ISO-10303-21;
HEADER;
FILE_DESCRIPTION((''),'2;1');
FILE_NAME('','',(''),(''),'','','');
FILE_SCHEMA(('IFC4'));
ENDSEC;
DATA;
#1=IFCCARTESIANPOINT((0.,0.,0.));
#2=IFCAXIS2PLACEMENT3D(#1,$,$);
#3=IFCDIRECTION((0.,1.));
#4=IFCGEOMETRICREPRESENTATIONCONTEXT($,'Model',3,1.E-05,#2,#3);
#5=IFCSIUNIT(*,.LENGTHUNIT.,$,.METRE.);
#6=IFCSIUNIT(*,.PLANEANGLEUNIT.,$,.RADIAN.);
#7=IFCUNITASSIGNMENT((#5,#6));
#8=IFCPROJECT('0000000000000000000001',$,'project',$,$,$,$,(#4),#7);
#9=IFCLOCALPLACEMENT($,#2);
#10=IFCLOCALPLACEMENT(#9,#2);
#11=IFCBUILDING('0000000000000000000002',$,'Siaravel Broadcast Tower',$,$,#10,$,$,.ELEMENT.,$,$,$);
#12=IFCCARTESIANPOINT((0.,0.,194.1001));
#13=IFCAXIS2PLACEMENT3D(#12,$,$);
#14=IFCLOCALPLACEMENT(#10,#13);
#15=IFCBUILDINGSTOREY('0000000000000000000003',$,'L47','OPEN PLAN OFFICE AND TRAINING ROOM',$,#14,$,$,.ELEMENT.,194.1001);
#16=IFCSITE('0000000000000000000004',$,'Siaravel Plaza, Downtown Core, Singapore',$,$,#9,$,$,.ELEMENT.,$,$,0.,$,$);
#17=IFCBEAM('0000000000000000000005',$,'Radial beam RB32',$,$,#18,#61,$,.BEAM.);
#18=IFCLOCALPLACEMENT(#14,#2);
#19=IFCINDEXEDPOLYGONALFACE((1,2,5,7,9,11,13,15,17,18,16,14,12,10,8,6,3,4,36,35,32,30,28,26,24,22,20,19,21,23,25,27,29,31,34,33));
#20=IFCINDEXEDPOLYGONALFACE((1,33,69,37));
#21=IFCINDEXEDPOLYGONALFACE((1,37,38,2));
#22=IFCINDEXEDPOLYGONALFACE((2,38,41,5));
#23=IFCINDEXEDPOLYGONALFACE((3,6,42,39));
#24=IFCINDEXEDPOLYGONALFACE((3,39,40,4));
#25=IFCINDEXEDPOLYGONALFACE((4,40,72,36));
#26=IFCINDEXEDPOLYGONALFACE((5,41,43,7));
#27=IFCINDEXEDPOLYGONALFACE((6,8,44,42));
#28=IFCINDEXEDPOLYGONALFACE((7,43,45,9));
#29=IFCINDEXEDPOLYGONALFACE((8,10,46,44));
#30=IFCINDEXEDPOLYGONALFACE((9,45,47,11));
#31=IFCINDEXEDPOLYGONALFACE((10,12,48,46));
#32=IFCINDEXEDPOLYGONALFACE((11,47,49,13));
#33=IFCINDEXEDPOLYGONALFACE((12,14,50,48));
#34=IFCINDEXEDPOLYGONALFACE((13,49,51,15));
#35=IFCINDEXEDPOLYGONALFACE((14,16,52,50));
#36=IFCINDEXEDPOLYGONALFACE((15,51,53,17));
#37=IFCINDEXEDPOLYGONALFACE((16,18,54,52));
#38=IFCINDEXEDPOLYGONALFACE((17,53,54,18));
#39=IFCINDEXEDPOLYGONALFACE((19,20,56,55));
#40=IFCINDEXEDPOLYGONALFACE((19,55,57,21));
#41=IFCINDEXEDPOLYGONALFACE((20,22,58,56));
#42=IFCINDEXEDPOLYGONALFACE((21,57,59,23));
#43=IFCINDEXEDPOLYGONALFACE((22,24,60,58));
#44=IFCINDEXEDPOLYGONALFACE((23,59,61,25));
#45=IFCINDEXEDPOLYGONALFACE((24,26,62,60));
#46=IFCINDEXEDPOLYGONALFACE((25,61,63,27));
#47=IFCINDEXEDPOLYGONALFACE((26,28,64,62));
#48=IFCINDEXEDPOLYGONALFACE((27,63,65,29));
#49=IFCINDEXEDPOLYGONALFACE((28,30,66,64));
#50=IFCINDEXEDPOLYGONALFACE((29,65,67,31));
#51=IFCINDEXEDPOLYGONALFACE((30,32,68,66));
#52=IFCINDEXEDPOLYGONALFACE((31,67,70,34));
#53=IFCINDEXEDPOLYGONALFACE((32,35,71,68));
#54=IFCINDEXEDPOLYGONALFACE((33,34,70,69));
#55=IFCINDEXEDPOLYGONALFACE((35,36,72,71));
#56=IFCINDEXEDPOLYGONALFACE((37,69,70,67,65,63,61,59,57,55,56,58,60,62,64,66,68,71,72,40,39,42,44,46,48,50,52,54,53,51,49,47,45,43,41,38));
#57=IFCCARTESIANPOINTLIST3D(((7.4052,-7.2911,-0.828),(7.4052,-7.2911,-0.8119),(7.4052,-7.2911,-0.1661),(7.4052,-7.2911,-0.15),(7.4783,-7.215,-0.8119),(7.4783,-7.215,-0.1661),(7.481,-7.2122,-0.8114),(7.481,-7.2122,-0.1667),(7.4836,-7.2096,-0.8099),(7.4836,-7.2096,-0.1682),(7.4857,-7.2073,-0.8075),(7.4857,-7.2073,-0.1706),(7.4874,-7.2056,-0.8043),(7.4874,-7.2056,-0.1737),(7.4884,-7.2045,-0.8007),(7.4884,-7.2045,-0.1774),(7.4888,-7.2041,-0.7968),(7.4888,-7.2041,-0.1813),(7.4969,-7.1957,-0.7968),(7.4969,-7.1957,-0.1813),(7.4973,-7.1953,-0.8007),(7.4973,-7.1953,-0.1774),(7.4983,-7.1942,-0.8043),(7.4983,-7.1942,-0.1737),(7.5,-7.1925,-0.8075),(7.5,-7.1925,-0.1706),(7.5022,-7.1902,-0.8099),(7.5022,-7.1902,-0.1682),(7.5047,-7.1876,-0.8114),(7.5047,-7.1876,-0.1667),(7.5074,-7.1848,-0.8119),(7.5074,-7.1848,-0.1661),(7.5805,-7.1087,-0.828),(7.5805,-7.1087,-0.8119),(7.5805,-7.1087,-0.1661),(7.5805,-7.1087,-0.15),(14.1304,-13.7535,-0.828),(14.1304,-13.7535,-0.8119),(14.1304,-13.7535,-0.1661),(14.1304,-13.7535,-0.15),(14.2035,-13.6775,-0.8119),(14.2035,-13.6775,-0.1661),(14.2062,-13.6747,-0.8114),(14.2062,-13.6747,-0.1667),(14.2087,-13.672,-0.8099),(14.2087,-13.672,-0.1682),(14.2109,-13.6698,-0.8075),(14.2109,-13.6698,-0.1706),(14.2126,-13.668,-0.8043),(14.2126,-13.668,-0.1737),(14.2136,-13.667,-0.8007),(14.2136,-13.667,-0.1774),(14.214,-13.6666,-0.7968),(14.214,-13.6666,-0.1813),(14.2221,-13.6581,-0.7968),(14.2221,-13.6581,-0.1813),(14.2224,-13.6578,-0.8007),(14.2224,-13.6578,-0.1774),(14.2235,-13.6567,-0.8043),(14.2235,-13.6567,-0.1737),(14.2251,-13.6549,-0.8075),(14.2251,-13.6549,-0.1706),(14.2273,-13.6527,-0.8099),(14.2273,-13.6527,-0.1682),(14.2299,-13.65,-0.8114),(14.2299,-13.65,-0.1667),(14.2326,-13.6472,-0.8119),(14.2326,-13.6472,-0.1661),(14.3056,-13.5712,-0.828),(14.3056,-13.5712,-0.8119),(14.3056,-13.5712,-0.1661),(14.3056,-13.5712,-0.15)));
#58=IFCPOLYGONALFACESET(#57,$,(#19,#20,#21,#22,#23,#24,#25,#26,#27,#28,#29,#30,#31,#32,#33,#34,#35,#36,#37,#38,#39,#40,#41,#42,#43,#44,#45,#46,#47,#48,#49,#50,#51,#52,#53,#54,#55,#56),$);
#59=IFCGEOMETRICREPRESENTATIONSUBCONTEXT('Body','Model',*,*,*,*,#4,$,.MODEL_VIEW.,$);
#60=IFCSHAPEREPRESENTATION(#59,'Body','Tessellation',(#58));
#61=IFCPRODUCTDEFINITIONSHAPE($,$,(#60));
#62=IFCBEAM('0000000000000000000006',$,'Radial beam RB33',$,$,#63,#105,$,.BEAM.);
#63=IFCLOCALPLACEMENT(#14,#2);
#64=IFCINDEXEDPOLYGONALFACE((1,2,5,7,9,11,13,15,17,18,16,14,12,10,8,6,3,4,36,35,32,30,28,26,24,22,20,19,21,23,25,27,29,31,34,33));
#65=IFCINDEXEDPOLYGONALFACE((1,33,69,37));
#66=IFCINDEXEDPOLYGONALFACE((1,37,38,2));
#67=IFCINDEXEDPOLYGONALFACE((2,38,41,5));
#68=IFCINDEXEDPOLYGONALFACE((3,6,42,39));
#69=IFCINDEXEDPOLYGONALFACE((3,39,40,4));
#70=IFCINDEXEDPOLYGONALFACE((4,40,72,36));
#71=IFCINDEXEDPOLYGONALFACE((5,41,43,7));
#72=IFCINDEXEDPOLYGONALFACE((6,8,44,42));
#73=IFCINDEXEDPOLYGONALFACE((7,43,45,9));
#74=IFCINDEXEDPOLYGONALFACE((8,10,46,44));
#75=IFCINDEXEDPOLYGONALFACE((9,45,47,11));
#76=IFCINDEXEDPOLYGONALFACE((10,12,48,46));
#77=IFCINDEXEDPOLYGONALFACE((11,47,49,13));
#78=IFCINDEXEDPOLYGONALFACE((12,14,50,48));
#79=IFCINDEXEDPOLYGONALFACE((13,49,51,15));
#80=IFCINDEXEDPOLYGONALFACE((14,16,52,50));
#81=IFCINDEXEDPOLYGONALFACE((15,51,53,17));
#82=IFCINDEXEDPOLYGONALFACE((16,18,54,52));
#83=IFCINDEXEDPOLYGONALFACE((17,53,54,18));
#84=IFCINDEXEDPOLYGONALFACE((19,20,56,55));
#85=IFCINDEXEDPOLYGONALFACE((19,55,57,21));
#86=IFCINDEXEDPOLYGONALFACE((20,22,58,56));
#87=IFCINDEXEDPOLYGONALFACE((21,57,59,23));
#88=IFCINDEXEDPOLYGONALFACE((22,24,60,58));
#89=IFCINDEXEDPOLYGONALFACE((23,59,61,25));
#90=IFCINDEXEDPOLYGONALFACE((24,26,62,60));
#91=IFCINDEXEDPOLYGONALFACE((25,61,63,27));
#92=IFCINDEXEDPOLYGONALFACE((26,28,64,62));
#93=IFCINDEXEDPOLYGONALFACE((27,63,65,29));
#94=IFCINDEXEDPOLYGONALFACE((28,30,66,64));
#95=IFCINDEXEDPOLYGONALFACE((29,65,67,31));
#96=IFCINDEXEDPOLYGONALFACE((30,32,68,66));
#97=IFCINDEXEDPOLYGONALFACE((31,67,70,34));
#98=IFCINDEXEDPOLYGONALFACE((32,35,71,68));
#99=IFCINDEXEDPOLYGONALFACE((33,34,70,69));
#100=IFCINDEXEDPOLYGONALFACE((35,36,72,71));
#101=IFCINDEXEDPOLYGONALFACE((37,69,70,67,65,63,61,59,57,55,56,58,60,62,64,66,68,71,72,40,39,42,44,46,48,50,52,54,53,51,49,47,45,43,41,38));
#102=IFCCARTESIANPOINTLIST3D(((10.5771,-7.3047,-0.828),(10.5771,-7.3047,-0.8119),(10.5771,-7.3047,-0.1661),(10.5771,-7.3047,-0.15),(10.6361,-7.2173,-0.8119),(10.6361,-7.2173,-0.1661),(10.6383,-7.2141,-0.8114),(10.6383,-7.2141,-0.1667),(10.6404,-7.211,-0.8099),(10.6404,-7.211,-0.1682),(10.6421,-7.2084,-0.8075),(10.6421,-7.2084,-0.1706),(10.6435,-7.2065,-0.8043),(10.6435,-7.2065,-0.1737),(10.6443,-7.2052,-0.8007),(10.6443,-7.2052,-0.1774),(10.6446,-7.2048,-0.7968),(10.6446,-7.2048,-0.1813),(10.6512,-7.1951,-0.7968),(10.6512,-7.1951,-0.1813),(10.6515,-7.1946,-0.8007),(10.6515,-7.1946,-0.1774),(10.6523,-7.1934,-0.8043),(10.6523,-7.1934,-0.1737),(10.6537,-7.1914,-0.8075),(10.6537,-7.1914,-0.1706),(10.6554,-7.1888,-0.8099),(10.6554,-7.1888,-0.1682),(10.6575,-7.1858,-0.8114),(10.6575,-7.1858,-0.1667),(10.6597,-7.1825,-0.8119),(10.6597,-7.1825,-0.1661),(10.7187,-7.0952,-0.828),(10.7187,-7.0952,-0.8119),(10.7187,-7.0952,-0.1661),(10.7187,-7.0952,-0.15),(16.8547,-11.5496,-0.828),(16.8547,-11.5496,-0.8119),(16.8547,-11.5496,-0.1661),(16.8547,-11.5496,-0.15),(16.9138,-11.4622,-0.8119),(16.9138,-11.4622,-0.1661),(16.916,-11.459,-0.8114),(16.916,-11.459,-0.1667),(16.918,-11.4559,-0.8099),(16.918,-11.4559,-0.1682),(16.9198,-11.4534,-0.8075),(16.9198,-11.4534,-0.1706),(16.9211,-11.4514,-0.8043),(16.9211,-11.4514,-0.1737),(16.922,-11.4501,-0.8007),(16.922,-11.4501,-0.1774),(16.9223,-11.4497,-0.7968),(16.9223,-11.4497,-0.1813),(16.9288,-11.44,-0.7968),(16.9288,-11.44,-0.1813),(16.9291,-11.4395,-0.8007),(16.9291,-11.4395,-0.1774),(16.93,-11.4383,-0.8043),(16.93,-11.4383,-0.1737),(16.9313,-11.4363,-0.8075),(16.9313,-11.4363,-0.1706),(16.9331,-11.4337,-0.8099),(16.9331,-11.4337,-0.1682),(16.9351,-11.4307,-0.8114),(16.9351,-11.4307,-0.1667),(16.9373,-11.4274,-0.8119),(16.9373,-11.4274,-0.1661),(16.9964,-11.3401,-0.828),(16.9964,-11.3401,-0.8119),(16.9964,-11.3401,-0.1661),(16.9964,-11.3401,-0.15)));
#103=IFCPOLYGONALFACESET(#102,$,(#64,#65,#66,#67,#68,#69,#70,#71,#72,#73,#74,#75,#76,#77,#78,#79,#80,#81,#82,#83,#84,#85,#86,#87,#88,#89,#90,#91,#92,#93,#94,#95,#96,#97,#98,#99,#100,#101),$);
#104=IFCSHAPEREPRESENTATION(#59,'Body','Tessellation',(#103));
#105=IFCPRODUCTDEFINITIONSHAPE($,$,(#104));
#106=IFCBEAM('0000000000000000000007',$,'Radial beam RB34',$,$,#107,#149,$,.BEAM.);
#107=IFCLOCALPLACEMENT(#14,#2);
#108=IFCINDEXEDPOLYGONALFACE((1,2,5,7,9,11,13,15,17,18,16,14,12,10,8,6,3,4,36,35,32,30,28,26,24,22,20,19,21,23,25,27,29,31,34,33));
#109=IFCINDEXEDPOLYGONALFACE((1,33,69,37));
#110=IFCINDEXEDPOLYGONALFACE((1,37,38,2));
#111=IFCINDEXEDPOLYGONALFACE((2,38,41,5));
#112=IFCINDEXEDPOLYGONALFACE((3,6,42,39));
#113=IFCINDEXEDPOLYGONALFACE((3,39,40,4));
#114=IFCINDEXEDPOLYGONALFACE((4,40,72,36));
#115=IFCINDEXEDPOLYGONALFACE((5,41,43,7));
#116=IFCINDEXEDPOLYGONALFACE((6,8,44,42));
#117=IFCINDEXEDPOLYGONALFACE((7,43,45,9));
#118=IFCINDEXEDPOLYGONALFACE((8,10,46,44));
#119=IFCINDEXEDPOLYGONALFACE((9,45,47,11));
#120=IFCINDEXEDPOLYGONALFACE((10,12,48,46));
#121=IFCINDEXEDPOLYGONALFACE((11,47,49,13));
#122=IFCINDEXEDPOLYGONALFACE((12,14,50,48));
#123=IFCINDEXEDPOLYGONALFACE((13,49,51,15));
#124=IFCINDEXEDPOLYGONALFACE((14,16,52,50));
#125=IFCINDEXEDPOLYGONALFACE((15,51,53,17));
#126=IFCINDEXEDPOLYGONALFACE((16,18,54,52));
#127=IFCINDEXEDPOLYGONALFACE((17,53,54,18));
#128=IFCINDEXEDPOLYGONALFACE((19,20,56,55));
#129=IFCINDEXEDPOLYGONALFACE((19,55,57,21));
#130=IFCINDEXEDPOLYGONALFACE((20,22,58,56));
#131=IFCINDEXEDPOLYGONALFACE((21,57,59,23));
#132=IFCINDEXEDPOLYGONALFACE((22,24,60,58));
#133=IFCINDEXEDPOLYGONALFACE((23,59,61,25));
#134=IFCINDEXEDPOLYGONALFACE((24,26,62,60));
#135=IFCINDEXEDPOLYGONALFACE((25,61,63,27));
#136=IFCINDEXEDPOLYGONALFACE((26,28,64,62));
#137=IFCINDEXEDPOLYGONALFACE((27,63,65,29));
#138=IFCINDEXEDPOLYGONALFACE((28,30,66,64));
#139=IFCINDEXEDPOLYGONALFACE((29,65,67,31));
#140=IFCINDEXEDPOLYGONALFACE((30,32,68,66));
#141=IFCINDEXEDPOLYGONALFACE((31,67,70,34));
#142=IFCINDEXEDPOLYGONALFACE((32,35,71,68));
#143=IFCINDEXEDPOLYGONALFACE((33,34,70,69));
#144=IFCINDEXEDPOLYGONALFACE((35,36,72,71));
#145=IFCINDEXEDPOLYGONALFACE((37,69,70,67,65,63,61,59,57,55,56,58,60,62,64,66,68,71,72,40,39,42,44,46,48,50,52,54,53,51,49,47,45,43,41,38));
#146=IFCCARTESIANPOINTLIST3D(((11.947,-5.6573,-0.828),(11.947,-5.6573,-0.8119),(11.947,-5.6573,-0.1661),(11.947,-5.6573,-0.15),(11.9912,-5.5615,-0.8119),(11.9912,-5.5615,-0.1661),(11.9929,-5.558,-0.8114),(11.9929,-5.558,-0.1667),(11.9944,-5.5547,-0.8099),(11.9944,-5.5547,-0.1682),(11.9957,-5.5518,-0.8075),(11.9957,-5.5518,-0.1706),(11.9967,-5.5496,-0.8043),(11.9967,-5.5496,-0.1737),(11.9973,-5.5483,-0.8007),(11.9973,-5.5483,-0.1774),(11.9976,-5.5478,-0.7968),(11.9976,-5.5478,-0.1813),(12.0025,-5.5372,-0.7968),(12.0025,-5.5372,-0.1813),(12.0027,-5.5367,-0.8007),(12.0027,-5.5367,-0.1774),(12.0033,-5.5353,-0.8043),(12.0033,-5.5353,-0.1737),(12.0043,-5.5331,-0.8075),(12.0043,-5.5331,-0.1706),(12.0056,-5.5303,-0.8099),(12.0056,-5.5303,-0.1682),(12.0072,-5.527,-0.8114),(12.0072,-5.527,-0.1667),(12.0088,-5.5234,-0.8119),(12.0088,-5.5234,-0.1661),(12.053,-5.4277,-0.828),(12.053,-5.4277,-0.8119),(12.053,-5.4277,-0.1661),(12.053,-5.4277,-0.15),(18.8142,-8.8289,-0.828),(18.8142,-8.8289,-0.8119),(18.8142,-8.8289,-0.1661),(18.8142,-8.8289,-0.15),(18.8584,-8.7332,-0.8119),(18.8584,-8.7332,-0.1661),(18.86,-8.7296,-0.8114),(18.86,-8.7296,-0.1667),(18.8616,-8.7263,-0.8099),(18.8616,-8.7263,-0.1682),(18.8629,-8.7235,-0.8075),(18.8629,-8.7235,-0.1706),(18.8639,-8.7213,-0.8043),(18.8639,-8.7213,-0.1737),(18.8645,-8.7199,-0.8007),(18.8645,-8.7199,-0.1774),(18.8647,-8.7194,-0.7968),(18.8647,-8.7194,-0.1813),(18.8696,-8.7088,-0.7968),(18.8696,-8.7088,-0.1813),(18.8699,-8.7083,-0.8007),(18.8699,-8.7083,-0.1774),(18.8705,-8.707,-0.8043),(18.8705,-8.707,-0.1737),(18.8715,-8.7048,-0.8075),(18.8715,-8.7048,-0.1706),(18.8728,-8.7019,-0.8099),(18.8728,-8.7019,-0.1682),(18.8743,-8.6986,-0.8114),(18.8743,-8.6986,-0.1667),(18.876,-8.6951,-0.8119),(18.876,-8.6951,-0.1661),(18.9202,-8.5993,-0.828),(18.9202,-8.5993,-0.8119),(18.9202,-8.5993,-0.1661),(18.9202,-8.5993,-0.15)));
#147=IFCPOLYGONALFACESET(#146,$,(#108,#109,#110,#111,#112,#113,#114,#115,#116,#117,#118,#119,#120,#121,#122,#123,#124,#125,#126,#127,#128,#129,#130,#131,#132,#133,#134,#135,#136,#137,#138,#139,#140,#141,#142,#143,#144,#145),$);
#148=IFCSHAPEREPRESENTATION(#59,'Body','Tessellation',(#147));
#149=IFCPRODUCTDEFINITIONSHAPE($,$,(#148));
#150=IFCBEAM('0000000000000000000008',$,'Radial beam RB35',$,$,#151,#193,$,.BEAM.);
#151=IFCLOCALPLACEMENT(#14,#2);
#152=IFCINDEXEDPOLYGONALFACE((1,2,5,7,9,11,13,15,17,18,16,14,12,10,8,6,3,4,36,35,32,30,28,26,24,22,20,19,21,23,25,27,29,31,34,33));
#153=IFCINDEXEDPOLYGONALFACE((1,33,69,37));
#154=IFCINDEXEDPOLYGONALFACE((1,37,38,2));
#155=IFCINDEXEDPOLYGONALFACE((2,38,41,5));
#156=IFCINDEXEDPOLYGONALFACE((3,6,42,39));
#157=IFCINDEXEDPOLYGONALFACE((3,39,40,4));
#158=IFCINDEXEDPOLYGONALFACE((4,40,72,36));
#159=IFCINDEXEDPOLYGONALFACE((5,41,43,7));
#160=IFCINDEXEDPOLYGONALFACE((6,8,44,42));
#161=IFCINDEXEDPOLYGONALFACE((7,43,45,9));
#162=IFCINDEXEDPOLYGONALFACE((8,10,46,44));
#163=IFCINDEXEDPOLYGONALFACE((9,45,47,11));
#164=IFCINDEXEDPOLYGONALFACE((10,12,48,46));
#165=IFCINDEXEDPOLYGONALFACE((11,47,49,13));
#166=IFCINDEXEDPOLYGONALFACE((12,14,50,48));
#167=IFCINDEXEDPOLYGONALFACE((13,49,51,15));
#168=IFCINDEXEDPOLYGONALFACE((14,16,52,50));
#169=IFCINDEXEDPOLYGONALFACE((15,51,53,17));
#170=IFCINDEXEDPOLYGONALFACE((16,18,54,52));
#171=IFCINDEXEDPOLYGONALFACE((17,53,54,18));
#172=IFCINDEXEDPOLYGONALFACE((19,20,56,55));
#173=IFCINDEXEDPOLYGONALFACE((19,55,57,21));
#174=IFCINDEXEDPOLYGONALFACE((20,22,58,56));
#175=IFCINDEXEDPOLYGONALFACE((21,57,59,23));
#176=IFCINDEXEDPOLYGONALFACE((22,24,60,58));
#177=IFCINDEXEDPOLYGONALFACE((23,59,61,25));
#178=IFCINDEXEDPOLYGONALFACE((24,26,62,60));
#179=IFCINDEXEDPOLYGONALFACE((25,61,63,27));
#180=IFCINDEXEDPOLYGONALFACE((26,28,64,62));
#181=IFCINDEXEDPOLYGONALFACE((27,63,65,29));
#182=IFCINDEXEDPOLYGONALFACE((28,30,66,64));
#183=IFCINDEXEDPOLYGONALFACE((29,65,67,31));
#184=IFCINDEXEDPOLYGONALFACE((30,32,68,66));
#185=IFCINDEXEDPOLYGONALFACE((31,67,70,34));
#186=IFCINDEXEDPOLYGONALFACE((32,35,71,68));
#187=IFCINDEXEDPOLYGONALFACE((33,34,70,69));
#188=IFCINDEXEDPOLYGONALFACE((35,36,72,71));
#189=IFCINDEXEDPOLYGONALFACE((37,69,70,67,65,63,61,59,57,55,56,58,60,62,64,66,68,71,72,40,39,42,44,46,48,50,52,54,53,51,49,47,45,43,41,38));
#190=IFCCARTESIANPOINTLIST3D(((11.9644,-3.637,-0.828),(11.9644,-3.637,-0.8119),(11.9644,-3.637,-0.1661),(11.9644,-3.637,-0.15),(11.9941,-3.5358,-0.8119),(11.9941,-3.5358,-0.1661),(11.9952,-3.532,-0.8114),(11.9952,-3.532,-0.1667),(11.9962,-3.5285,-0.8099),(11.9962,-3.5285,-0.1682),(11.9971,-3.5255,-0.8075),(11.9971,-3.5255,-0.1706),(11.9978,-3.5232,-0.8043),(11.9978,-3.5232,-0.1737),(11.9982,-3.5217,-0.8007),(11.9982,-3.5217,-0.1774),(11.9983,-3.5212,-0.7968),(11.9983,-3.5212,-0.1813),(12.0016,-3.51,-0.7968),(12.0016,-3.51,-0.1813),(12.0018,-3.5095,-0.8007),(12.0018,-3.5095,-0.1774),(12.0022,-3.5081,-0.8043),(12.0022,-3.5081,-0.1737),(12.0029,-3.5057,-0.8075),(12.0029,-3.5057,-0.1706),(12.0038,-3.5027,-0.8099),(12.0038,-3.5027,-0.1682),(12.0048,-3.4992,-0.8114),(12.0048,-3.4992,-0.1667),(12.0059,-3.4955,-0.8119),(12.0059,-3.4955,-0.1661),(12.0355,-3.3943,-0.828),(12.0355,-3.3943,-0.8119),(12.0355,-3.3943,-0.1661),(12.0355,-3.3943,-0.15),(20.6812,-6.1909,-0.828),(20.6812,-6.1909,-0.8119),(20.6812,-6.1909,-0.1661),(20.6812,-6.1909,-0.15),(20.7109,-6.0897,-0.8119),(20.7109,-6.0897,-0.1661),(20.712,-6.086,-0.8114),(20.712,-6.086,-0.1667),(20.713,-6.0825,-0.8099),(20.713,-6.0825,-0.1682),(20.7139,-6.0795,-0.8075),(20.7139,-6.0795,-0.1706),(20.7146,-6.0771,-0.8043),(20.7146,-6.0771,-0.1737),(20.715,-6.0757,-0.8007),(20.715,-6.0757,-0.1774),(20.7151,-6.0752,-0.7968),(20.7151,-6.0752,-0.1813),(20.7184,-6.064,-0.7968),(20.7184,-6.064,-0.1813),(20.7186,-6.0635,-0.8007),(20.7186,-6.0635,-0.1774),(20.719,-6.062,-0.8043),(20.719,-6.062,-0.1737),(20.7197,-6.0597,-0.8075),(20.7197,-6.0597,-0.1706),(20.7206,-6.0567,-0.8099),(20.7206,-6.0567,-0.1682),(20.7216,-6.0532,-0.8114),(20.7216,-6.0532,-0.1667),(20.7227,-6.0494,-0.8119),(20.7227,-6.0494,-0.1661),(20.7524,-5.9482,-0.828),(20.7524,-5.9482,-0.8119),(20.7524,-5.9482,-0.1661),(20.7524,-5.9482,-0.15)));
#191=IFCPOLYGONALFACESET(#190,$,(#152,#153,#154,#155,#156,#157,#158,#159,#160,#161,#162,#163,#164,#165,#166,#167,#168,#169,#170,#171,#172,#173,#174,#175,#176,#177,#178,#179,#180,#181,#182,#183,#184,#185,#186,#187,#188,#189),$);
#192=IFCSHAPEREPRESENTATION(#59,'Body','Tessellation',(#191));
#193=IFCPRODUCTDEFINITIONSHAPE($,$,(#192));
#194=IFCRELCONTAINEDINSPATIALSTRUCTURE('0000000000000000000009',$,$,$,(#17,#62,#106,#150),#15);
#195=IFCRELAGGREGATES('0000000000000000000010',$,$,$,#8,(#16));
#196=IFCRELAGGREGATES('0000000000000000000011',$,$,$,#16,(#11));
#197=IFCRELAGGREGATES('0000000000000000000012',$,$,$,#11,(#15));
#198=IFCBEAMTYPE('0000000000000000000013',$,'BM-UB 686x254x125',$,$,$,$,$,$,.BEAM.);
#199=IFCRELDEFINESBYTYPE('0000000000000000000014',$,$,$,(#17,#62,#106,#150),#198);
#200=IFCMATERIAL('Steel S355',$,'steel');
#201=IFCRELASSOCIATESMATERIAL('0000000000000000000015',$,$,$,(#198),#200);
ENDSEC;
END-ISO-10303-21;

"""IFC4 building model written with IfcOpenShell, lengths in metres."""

from ifc_helpers import new_model, si_unit, direction, frame, origin, origin_2d, place, context, subcontext, project, spatial, i_section, extrude, material, material_profile, profile_set, type_object, element, save


model = new_model("IFC4")

# Units and contexts
model_context = context("Model", 3, precision=1e-05, world=origin(), true_north=direction((0.0, 1.0)))
body_context = subcontext(model_context, "Body", "Model", "MODEL_VIEW")
ifc_project = project(units=[si_unit("LENGTHUNIT", "METRE"), si_unit("PLANEANGLEUNIT", "RADIAN")], contexts=[model_context])

# Site, building, storey
site_placement = place(None, origin())
site = spatial("IfcSite", under=ifc_project, at=site_placement, Name="Siaravel Plaza, Downtown Core, Singapore", CompositionType="ELEMENT", RefElevation=0.0)
building_placement = place(site_placement, origin())
building = spatial("IfcBuilding", under=site, at=building_placement, Name="Siaravel Broadcast Tower", CompositionType="ELEMENT")
storey_placement = place(building_placement, frame((0.0, 0.0, 194.1001)))
storey = spatial("IfcBuildingStorey", under=building, at=storey_placement, Name="L47", Description="OPEN PLAN OFFICE AND TRAINING ROOM", CompositionType="ELEMENT", Elevation=194.1001)

# Beams
ifc_material_1 = material(Name="Steel S355", Category="steel")
ifc_material_profile_1 = material_profile(ifc_material_1, i_section(OverallWidth=0.2529, OverallDepth=0.678, WebThickness=0.0117, FlangeThickness=0.0161, FilletRadius=0.0151, at=origin_2d()))
ifc_profile_set_1 = profile_set([ifc_material_profile_1], Name="Steel S355")
beam_type = type_object("IfcBeamType", Name="BM-UB 686x254x125", PredefinedType="BEAM", material=ifc_profile_set_1)
beam_1_placement = place(storey_placement, frame((14.218, -13.6624, -0.489), z_axis=(-0.721049, 0.692884, 0.0), x_axis=(-0.692884, -0.721049, 0.0)))
element("IfcBeam", 1, at=beam_1_placement, inside=storey, type_object=beam_type, Name="Radial beam RB32", PredefinedType="BEAM", context=body_context, shape_type="SweptSolid", body=[
    extrude(i_section(OverallWidth=0.2529, OverallDepth=0.678, WebThickness=0.0117, FlangeThickness=0.0161, FilletRadius=0.0151, at=origin_2d()), origin(), (0.0, 0.0, 1.0), 9.3269),
])
beam_2_placement = place(storey_placement, frame((16.9255, -11.4448, -0.489), z_axis=(-0.828389, 0.560153, 0.0), x_axis=(-0.560153, -0.828389, 0.0)))
element("IfcBeam", 2, at=beam_2_placement, inside=storey, type_object=beam_type, Name="Radial beam RB33", PredefinedType="BEAM", context=body_context, shape_type="SweptSolid", body=[
    extrude(i_section(OverallWidth=0.2529, OverallDepth=0.678, WebThickness=0.0117, FlangeThickness=0.0161, FilletRadius=0.0151, at=origin_2d()), origin(), (0.0, 0.0, 1.0), 7.5781),
])
beam_3_placement = place(storey_placement, frame((18.8672, -8.7141, -0.489), z_axis=(-0.907851, 0.419294, 0.0), x_axis=(-0.419294, -0.907851, 0.0)))
element("IfcBeam", 3, at=beam_3_placement, inside=storey, type_object=beam_type, Name="Radial beam RB34", PredefinedType="BEAM", context=body_context, shape_type="SweptSolid", body=[
    extrude(i_section(OverallWidth=0.2529, OverallDepth=0.678, WebThickness=0.0117, FlangeThickness=0.0161, FilletRadius=0.0151, at=origin_2d()), origin(), (0.0, 0.0, 1.0), 7.5642),
])
beam_4_placement = place(storey_placement, frame((20.7168, -6.0696, -0.489), z_axis=(-0.959657, 0.281172, 0.0), x_axis=(-0.281172, -0.959657, 0.0)))
element("IfcBeam", 4, at=beam_4_placement, inside=storey, type_object=beam_type, Name="Radial beam RB35", PredefinedType="BEAM", context=body_context, shape_type="SweptSolid", body=[
    extrude(i_section(OverallWidth=0.2529, OverallDepth=0.678, WebThickness=0.0117, FlangeThickness=0.0161, FilletRadius=0.0151, at=origin_2d()), origin(), (0.0, 0.0, 1.0), 9.0833),
])

save(model, "model.ifc")
